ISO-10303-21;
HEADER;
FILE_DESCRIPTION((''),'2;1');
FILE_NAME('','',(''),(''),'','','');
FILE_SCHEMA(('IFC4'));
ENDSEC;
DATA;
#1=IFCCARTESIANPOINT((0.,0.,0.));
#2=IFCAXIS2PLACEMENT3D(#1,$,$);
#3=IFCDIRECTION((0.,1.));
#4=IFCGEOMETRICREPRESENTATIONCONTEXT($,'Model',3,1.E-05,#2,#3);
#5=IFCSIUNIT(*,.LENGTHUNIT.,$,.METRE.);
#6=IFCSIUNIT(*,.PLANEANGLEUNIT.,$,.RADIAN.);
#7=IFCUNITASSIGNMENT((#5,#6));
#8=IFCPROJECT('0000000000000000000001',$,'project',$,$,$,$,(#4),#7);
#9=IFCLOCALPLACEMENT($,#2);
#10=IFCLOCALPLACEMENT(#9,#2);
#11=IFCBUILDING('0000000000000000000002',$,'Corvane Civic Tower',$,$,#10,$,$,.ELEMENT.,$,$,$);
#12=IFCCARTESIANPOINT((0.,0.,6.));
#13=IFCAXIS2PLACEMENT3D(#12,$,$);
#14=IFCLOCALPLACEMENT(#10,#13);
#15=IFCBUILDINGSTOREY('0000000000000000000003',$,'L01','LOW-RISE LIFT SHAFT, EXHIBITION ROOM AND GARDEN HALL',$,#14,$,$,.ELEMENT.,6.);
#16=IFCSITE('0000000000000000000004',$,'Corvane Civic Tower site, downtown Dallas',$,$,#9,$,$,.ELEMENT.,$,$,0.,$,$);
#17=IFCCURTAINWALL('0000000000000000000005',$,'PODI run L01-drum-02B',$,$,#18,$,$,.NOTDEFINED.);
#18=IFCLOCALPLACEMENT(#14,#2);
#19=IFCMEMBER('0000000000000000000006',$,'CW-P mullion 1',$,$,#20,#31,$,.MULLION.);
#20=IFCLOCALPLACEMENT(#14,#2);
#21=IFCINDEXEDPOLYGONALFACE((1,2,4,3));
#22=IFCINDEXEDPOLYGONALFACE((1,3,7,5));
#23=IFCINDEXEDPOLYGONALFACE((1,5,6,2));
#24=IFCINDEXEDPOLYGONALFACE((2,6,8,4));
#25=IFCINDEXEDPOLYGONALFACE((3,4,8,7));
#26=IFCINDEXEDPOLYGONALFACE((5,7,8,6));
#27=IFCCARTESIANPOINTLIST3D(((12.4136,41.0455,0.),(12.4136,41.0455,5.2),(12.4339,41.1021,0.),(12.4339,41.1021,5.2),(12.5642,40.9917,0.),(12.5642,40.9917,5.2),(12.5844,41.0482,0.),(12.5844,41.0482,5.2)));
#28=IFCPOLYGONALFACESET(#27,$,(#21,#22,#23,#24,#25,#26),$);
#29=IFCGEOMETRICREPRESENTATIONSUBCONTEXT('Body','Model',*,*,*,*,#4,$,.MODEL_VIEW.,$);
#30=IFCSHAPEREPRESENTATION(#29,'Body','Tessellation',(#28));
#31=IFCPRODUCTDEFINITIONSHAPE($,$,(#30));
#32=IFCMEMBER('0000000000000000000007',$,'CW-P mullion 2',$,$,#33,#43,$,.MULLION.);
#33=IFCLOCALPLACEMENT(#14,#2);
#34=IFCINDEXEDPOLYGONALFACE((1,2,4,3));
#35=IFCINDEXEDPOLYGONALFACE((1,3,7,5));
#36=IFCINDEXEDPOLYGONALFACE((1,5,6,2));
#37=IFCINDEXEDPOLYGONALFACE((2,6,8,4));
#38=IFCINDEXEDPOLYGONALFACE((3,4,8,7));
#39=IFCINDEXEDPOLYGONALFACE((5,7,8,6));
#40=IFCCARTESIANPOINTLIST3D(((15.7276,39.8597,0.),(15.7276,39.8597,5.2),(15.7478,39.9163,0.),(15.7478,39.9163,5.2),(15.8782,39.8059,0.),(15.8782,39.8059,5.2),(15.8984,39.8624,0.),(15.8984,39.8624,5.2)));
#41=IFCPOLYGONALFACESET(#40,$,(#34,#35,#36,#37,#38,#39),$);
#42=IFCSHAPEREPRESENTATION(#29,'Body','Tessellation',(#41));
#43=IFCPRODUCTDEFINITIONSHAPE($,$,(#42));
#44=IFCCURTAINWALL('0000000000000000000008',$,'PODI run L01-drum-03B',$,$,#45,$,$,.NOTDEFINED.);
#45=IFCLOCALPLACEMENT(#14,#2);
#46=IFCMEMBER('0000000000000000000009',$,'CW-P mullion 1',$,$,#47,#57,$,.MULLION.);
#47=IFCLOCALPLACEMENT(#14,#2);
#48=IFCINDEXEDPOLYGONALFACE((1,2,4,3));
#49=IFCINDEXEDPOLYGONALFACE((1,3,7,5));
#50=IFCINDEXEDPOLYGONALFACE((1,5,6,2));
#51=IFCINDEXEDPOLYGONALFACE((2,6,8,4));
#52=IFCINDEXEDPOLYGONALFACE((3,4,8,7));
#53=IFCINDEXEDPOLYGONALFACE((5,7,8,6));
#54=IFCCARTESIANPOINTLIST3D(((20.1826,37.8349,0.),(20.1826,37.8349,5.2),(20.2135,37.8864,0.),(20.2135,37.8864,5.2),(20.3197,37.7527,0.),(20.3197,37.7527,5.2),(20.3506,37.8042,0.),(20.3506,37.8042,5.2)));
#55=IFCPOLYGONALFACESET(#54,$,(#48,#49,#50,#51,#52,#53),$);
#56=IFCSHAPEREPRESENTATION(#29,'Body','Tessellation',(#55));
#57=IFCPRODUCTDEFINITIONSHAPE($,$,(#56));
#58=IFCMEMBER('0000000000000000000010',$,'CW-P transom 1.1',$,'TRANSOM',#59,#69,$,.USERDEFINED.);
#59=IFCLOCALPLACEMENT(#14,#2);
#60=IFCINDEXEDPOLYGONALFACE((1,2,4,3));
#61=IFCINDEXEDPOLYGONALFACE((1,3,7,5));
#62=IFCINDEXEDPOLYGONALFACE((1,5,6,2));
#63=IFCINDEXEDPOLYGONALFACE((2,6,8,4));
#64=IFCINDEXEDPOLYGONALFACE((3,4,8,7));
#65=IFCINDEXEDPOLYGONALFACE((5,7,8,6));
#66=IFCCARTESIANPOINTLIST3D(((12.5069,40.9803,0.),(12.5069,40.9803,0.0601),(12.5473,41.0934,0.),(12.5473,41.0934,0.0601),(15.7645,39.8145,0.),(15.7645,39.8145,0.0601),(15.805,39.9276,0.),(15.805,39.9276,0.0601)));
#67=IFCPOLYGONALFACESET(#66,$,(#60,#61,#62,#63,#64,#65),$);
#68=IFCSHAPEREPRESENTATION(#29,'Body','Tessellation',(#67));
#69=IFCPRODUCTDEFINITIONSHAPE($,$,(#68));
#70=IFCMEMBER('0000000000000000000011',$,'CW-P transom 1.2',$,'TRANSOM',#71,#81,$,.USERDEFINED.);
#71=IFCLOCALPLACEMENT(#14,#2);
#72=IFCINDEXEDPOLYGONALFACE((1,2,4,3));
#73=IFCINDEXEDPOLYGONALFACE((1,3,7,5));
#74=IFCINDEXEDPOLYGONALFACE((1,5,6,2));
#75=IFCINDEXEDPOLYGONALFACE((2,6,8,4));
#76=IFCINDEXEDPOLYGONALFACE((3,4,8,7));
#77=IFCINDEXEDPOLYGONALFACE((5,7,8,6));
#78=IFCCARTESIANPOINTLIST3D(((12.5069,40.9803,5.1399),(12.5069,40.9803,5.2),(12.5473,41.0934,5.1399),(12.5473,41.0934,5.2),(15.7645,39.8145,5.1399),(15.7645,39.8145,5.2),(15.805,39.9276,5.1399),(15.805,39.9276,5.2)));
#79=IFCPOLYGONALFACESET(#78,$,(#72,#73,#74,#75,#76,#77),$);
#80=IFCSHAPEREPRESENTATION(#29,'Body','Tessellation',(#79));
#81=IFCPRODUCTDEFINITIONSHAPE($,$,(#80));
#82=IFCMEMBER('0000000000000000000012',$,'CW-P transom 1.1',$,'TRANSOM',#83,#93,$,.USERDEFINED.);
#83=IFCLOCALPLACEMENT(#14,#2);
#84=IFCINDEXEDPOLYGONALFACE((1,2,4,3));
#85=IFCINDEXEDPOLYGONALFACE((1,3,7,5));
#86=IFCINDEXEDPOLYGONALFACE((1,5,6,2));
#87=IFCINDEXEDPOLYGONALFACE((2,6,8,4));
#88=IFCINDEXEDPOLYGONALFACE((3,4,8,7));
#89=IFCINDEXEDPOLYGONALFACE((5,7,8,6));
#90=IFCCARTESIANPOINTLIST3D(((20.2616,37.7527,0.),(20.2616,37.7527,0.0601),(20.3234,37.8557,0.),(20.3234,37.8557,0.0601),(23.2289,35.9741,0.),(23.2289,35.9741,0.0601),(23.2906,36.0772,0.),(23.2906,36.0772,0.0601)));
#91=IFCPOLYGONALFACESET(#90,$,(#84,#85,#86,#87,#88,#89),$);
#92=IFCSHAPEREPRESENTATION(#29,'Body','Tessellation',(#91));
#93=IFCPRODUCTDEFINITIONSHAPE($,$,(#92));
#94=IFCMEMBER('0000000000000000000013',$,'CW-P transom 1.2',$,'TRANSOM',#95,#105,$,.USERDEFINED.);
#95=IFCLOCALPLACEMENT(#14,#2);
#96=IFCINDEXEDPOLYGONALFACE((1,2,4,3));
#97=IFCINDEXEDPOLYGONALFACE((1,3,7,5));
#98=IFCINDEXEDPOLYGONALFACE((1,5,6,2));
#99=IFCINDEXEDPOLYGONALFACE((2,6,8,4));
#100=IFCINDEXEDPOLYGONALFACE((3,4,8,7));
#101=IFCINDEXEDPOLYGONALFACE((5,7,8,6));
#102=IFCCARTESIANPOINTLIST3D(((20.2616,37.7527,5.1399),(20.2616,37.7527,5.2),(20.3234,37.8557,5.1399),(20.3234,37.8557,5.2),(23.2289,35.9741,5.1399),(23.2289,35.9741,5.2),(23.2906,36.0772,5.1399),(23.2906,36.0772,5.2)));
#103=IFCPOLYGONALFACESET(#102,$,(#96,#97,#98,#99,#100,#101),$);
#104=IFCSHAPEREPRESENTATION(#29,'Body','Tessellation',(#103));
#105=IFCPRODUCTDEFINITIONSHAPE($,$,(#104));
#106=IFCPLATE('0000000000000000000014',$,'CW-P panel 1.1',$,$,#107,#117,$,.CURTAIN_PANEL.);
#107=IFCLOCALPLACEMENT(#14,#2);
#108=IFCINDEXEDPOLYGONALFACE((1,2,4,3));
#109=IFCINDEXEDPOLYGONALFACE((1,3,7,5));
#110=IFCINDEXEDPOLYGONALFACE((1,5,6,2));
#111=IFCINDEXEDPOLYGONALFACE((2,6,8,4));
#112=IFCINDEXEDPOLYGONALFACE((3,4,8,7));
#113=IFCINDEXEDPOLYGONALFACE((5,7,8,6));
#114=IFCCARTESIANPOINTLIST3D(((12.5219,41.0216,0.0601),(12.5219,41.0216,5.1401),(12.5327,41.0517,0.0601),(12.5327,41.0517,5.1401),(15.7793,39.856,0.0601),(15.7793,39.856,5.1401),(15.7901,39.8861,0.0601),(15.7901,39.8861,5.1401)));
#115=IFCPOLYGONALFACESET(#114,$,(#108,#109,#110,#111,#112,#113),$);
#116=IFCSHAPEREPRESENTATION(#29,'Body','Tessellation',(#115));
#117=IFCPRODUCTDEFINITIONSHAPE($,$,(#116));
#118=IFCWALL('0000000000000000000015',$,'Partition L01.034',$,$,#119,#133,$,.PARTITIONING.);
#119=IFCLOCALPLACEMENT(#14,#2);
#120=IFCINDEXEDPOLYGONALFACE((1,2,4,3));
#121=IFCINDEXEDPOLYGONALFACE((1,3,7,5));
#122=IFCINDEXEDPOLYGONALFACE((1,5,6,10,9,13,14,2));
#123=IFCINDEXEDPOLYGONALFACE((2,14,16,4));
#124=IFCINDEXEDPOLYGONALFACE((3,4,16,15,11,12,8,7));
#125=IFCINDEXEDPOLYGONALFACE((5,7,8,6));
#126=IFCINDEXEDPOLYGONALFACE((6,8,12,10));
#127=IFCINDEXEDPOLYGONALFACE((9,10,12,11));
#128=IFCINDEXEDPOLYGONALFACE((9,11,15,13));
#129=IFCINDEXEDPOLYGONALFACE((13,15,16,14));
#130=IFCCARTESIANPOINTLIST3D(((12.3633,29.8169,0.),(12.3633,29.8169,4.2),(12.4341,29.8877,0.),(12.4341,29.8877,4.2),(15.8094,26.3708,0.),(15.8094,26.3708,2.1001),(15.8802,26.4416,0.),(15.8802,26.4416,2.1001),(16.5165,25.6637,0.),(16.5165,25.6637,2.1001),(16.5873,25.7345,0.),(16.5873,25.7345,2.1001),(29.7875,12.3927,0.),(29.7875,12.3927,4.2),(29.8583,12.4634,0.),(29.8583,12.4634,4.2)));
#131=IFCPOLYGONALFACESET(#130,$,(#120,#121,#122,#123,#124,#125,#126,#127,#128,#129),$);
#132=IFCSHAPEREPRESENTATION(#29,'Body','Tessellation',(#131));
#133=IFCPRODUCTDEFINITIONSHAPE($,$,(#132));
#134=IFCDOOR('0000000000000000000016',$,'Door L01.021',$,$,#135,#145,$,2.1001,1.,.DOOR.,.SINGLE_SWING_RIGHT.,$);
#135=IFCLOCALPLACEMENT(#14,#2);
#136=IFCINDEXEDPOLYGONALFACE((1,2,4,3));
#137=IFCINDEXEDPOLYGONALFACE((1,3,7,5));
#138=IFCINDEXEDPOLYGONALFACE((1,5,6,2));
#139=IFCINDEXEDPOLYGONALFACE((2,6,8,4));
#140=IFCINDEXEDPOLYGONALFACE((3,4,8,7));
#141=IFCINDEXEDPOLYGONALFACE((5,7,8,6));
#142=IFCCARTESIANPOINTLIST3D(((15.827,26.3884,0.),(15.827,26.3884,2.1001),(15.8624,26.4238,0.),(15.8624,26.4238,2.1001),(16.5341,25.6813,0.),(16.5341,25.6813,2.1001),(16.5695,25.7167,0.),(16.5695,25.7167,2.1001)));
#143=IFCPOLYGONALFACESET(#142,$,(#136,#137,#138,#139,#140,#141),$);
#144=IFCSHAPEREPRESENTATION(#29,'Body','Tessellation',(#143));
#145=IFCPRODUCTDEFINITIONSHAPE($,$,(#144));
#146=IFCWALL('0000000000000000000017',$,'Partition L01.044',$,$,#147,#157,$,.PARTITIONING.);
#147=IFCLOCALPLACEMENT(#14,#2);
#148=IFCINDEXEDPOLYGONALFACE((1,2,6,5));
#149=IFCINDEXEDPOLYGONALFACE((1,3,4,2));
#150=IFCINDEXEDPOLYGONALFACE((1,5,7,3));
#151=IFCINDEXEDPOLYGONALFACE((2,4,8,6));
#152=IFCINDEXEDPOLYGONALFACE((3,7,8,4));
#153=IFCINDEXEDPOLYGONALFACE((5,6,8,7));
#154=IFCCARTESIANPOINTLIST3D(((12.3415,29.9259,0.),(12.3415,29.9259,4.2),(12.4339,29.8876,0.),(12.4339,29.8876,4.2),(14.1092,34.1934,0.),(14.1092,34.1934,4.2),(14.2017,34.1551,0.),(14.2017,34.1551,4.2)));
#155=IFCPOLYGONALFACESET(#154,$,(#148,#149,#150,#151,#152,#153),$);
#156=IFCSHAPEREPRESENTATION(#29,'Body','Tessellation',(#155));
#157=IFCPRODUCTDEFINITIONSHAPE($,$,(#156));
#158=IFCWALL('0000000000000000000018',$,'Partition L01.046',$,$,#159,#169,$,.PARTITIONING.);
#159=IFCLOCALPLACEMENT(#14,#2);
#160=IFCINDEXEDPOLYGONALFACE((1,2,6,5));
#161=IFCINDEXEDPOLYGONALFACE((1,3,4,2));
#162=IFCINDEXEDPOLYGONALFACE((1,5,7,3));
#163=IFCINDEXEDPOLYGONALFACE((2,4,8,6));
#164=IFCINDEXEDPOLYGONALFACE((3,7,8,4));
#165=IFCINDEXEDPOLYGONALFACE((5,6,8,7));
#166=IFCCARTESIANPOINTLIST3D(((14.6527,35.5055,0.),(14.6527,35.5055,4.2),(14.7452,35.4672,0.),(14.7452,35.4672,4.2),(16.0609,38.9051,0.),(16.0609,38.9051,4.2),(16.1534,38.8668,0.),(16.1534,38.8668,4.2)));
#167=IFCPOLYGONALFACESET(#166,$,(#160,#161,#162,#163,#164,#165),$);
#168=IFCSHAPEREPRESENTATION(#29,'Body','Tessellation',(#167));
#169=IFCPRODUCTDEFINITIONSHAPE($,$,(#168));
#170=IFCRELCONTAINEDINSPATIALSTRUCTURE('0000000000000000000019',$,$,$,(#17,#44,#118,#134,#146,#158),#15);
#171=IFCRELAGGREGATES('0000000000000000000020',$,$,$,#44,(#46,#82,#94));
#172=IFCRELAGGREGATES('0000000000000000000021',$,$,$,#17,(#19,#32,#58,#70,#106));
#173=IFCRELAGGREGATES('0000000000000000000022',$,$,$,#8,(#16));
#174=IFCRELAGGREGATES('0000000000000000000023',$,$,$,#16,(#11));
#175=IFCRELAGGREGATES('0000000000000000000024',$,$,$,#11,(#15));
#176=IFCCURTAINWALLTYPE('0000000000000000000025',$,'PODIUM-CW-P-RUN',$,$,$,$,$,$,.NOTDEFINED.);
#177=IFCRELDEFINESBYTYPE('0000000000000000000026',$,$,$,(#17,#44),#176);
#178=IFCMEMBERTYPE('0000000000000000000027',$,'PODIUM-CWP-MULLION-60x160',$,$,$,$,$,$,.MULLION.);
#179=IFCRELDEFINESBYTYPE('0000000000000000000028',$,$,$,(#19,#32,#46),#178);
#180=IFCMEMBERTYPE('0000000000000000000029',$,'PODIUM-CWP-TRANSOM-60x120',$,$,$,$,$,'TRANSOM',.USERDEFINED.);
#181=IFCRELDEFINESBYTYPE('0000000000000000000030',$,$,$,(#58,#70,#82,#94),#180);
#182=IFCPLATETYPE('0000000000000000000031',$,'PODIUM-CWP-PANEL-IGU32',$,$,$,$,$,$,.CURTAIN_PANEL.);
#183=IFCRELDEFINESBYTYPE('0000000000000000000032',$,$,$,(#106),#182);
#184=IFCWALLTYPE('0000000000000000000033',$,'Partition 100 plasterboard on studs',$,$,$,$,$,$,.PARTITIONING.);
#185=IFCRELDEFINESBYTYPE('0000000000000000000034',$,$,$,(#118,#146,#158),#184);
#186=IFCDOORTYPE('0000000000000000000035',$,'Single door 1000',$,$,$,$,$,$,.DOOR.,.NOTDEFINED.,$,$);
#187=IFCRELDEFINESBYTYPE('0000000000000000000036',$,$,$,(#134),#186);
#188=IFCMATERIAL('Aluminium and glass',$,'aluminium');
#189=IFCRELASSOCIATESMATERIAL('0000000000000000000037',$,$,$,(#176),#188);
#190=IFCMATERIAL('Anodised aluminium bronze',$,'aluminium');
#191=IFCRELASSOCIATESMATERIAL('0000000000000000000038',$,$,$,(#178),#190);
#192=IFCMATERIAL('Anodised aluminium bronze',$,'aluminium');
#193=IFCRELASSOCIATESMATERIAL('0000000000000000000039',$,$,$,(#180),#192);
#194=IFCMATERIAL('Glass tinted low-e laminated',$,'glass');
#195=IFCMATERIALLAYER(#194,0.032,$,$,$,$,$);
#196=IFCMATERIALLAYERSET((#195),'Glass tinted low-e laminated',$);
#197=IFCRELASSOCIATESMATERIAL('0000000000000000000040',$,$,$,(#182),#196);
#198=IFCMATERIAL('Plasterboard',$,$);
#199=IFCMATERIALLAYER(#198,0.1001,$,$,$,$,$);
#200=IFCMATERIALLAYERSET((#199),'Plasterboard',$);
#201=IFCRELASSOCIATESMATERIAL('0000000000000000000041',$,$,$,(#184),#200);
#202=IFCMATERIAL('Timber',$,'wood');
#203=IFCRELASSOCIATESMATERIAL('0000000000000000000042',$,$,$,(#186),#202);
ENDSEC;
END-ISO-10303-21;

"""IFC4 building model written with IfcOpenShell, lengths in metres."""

from ifc_helpers import new_model, si_unit, direction, frame, frame_2d, origin, origin_2d, place, context, subcontext, project, spatial, rectangle, extrude, material, layer, layer_set, material_profile, profile_set, type_object, element, fill, aggregate, save


model = new_model("IFC4")

# Units and contexts
model_context = context("Model", 3, precision=1e-05, world=origin(), true_north=direction((0.0, 1.0)))
body_context = subcontext(model_context, "Body", "Model", "MODEL_VIEW")
ifc_project = project(units=[si_unit("LENGTHUNIT", "METRE"), si_unit("PLANEANGLEUNIT", "RADIAN")], contexts=[model_context])

# Site, building, storey
site_placement = place(None, origin())
site = spatial("IfcSite", under=ifc_project, at=site_placement, Name="Corvane Civic Tower site, downtown Dallas", CompositionType="ELEMENT", RefElevation=0.0)
building_placement = place(site_placement, origin())
building = spatial("IfcBuilding", under=site, at=building_placement, Name="Corvane Civic Tower", CompositionType="ELEMENT")
storey_placement = place(building_placement, frame((0.0, 0.0, 6.0)))
storey = spatial("IfcBuildingStorey", under=building, at=storey_placement, Name="L01", Description="LOW-RISE LIFT SHAFT, EXHIBITION ROOM AND GARDEN HALL", CompositionType="ELEMENT", Elevation=6.0)

# Curtain wall, members
ifc_material_1 = material(Name="Aluminium and glass", Category="aluminium")
curtain_wall_type = type_object("IfcCurtainWallType", Name="PODIUM-CW-P-RUN", PredefinedType="NOTDEFINED", material=ifc_material_1)
curtain_wall_1_placement = place(storey_placement, origin())
curtain_wall_1 = element("IfcCurtainWall", 1, at=curtain_wall_1_placement, inside=storey, type_object=curtain_wall_type, Name="PODI run L01-drum-02B", PredefinedType="NOTDEFINED")
ifc_material_2 = material(Name="Anodised aluminium bronze", Category="aluminium")
ifc_material_profile_1 = material_profile(ifc_material_2, rectangle(XDim=0.0601, YDim=0.1599, at=origin_2d()), Name="AL 60x160")
ifc_profile_set_1 = profile_set([ifc_material_profile_1], Name="Anodised aluminium bronze")
member_type_1 = type_object("IfcMemberType", Name="PODIUM-CWP-MULLION-60x160", PredefinedType="MULLION", material=ifc_profile_set_1)
member_1_placement = place(storey_placement, frame((12.499, 41.0469, 0.0), z_axis=(0.0, 0.0, 1.0), x_axis=(0.336919, 0.941534, 0.0)))
member_1 = element("IfcMember", 2, at=member_1_placement, type_object=member_type_1, Name="CW-P mullion 1", PredefinedType="MULLION", context=body_context, shape_type="SweptSolid", body=[
    extrude(rectangle(XDim=0.0601, YDim=0.1599, at=origin_2d()), origin(), (0.0, 0.0, 1.0), 5.2),
])
member_2_placement = place(storey_placement, frame((15.813, 39.8611, 0.0), z_axis=(0.0, 0.0, 1.0), x_axis=(0.336919, 0.941534, 0.0)))
member_2 = element("IfcMember", 3, at=member_2_placement, type_object=member_type_1, Name="CW-P mullion 2", PredefinedType="MULLION", context=body_context, shape_type="SweptSolid", body=[
    extrude(rectangle(XDim=0.0601, YDim=0.1599, at=origin_2d()), origin(), (0.0, 0.0, 1.0), 5.2),
])

# Curtain wall, member
curtain_wall_2_placement = place(storey_placement, origin())
curtain_wall_2 = element("IfcCurtainWall", 4, at=curtain_wall_2_placement, inside=storey, type_object=curtain_wall_type, Name="PODI run L01-drum-03B", PredefinedType="NOTDEFINED")
member_3_placement = place(storey_placement, frame((20.2666, 37.8196, 0.0), z_axis=(0.0, 0.0, 1.0), x_axis=(0.514118, 0.85772, 0.0)))
member_3 = element("IfcMember", 5, at=member_3_placement, type_object=member_type_1, Name="CW-P mullion 1", PredefinedType="MULLION", context=body_context, shape_type="SweptSolid", body=[
    extrude(rectangle(XDim=0.0601, YDim=0.1599, at=origin_2d()), origin(), (0.0, 0.0, 1.0), 5.2),
])

# Members
ifc_material_3 = material(Name="Anodised aluminium bronze", Category="aluminium")
ifc_material_profile_2 = material_profile(ifc_material_3, rectangle(XDim=0.1201, YDim=0.0601, at=origin_2d()), Name="AL 120x60")
ifc_profile_set_2 = profile_set([ifc_material_profile_2], Name="Anodised aluminium bronze")
member_type_2 = type_object("IfcMemberType", Name="PODIUM-CWP-TRANSOM-60x120", ElementType="TRANSOM", PredefinedType="USERDEFINED", material=ifc_profile_set_2)
member_4_placement = place(storey_placement, frame((12.5271, 41.0369, 0.03), z_axis=(0.941526, -0.33694, 0.0), x_axis=(0.33694, 0.941526, 0.0)))
member_4 = element("IfcMember", 6, at=member_4_placement, type_object=member_type_2, Name="CW-P transom 1.1", ObjectType="TRANSOM", PredefinedType="USERDEFINED", context=body_context, shape_type="SweptSolid", body=[
    extrude(rectangle(XDim=0.1201, YDim=0.0601, at=origin_2d()), origin(), (0.0, 0.0, 1.0), 3.46),
])
member_5_placement = place(storey_placement, frame((12.5271, 41.0369, 5.1699), z_axis=(0.941526, -0.33694, 0.0), x_axis=(0.33694, 0.941526, 0.0)))
member_5 = element("IfcMember", 7, at=member_5_placement, type_object=member_type_2, Name="CW-P transom 1.2", ObjectType="TRANSOM", PredefinedType="USERDEFINED", context=body_context, shape_type="SweptSolid", body=[
    extrude(rectangle(XDim=0.1201, YDim=0.0601, at=origin_2d()), origin(), (0.0, 0.0, 1.0), 3.46),
])
member_6_placement = place(storey_placement, frame((20.2925, 37.8042, 0.03), z_axis=(0.857723, -0.514112, 0.0), x_axis=(0.514112, 0.857723, 0.0)))
member_6 = element("IfcMember", 8, at=member_6_placement, type_object=member_type_2, Name="CW-P transom 1.1", ObjectType="TRANSOM", PredefinedType="USERDEFINED", context=body_context, shape_type="SweptSolid", body=[
    extrude(rectangle(XDim=0.1201, YDim=0.0601, at=origin_2d()), origin(), (0.0, 0.0, 1.0), 3.4595),
])
member_7_placement = place(storey_placement, frame((20.2925, 37.8042, 5.1699), z_axis=(0.857723, -0.514112, 0.0), x_axis=(0.514112, 0.857723, 0.0)))
member_7 = element("IfcMember", 9, at=member_7_placement, type_object=member_type_2, Name="CW-P transom 1.2", ObjectType="TRANSOM", PredefinedType="USERDEFINED", context=body_context, shape_type="SweptSolid", body=[
    extrude(rectangle(XDim=0.1201, YDim=0.0601, at=origin_2d()), origin(), (0.0, 0.0, 1.0), 3.4595),
])
aggregate(curtain_wall_2, [member_3, member_6, member_7])

# Plate
ifc_material_4 = material(Name="Glass tinted low-e laminated", Category="glass")
ifc_layer_1 = layer(ifc_material_4, 0.032)
ifc_layer_set_1 = layer_set([ifc_layer_1], Name="Glass tinted low-e laminated")
plate_type = type_object("IfcPlateType", Name="PODIUM-CWP-PANEL-IGU32", PredefinedType="CURTAIN_PANEL", material=ifc_layer_set_1)
plate_placement = place(storey_placement, frame((14.156, 40.4539, 0.0601), z_axis=(0.0, 0.0, 1.0), x_axis=(0.941534, -0.336919, 0.0)))
plate = element("IfcPlate", 10, at=plate_placement, type_object=plate_type, Name="CW-P panel 1.1", PredefinedType="CURTAIN_PANEL", context=body_context, shape_type="SweptSolid", body=[
    extrude(rectangle(XDim=3.4597, YDim=0.032, at=origin_2d()), origin(), (0.0, 0.0, 1.0), 5.0801),
])
aggregate(curtain_wall_1, [member_1, member_2, member_4, member_5, plate])

# Wall, opening, door
ifc_material_5 = material(Name="Plasterboard")
ifc_layer_2 = layer(ifc_material_5, 0.1001)
ifc_layer_set_2 = layer_set([ifc_layer_2], Name="Plasterboard")
wall_type_1 = type_object("IfcWallType", Name="Partition 100 plasterboard on studs", PredefinedType="PARTITIONING", material=ifc_layer_set_2)
wall_1_placement = place(storey_placement, frame((12.3987, 29.8523, 0.0), z_axis=(0.0, 0.0, 1.0), x_axis=(0.707107, -0.707107, 0.0)))
wall_1 = element("IfcWall", 11, at=wall_1_placement, inside=storey, type_object=wall_type_1, Name="Partition L01.034", PredefinedType="PARTITIONING", context=body_context, shape_type="SweptSolid", body=[
    extrude(rectangle(XDim=24.6416, YDim=0.1001, at=frame_2d((12.3208, 0.0))), origin(), (0.0, 0.0, 1.0), 4.2),
])
opening_1_placement = place(wall_1_placement, frame((4.8735, 0.0, 0.0)))
opening_1 = element("IfcOpeningElement", 12, at=opening_1_placement, cuts=wall_1, PredefinedType="OPENING", context=body_context, shape_type="SweptSolid", body=[
    extrude(rectangle(XDim=1.0, YDim=2.1001, at=frame_2d((0.5, 1.05))), frame((0.0, 0.0601, 0.0), z_axis=(0.0, -1.0, 0.0), x_axis=(1.0, 0.0, 0.0)), (0.0, 0.0, 1.0), 0.1201),
])
ifc_material_6 = material(Name="Timber", Category="wood")
door_type_1 = type_object("IfcDoorType", Name="Single door 1000", OperationType="NOTDEFINED", PredefinedType="DOOR", material=ifc_material_6)
door_1_placement = place(opening_1_placement, origin())
door_1 = element("IfcDoor", 13, at=door_1_placement, inside=storey, type_object=door_type_1, Name="Door L01.021", OperationType="SINGLE_SWING_RIGHT", OverallHeight=2.1001, OverallWidth=1.0, PredefinedType="DOOR", context=body_context, shape_type="SweptSolid", body=[
    extrude(rectangle(XDim=1.0, YDim=2.1001, at=frame_2d((0.5, 1.05))), frame((0.0, 0.0249, 0.0), z_axis=(0.0, -1.0, 0.0), x_axis=(1.0, 0.0, 0.0)), (0.0, 0.0, 1.0), 0.05),
])
fill(opening_1, door_1)

# Walls
wall_2_placement = place(storey_placement, frame((12.3877, 29.9067, 0.0), z_axis=(0.0, 0.0, 1.0), x_axis=(0.382708, 0.923869, 0.0)))
element("IfcWall", 14, at=wall_2_placement, inside=storey, type_object=wall_type_1, Name="Partition L01.044", PredefinedType="PARTITIONING", context=body_context, shape_type="SweptSolid", body=[
    extrude(rectangle(XDim=4.6191, YDim=0.1001, at=frame_2d((2.3096, 0.0))), origin(), (0.0, 0.0, 1.0), 4.2),
])
wall_3_placement = place(storey_placement, frame((14.699, 35.4863, 0.0), z_axis=(0.0, 0.0, 1.0), x_axis=(0.382688, 0.923878, 0.0)))
element("IfcWall", 15, at=wall_3_placement, inside=storey, type_object=wall_type_1, Name="Partition L01.046", PredefinedType="PARTITIONING", context=body_context, shape_type="SweptSolid", body=[
    extrude(rectangle(XDim=3.6797, YDim=0.1001, at=frame_2d((1.8398, 0.0))), origin(), (0.0, 0.0, 1.0), 4.2),
])

save(model, "model.ifc")
